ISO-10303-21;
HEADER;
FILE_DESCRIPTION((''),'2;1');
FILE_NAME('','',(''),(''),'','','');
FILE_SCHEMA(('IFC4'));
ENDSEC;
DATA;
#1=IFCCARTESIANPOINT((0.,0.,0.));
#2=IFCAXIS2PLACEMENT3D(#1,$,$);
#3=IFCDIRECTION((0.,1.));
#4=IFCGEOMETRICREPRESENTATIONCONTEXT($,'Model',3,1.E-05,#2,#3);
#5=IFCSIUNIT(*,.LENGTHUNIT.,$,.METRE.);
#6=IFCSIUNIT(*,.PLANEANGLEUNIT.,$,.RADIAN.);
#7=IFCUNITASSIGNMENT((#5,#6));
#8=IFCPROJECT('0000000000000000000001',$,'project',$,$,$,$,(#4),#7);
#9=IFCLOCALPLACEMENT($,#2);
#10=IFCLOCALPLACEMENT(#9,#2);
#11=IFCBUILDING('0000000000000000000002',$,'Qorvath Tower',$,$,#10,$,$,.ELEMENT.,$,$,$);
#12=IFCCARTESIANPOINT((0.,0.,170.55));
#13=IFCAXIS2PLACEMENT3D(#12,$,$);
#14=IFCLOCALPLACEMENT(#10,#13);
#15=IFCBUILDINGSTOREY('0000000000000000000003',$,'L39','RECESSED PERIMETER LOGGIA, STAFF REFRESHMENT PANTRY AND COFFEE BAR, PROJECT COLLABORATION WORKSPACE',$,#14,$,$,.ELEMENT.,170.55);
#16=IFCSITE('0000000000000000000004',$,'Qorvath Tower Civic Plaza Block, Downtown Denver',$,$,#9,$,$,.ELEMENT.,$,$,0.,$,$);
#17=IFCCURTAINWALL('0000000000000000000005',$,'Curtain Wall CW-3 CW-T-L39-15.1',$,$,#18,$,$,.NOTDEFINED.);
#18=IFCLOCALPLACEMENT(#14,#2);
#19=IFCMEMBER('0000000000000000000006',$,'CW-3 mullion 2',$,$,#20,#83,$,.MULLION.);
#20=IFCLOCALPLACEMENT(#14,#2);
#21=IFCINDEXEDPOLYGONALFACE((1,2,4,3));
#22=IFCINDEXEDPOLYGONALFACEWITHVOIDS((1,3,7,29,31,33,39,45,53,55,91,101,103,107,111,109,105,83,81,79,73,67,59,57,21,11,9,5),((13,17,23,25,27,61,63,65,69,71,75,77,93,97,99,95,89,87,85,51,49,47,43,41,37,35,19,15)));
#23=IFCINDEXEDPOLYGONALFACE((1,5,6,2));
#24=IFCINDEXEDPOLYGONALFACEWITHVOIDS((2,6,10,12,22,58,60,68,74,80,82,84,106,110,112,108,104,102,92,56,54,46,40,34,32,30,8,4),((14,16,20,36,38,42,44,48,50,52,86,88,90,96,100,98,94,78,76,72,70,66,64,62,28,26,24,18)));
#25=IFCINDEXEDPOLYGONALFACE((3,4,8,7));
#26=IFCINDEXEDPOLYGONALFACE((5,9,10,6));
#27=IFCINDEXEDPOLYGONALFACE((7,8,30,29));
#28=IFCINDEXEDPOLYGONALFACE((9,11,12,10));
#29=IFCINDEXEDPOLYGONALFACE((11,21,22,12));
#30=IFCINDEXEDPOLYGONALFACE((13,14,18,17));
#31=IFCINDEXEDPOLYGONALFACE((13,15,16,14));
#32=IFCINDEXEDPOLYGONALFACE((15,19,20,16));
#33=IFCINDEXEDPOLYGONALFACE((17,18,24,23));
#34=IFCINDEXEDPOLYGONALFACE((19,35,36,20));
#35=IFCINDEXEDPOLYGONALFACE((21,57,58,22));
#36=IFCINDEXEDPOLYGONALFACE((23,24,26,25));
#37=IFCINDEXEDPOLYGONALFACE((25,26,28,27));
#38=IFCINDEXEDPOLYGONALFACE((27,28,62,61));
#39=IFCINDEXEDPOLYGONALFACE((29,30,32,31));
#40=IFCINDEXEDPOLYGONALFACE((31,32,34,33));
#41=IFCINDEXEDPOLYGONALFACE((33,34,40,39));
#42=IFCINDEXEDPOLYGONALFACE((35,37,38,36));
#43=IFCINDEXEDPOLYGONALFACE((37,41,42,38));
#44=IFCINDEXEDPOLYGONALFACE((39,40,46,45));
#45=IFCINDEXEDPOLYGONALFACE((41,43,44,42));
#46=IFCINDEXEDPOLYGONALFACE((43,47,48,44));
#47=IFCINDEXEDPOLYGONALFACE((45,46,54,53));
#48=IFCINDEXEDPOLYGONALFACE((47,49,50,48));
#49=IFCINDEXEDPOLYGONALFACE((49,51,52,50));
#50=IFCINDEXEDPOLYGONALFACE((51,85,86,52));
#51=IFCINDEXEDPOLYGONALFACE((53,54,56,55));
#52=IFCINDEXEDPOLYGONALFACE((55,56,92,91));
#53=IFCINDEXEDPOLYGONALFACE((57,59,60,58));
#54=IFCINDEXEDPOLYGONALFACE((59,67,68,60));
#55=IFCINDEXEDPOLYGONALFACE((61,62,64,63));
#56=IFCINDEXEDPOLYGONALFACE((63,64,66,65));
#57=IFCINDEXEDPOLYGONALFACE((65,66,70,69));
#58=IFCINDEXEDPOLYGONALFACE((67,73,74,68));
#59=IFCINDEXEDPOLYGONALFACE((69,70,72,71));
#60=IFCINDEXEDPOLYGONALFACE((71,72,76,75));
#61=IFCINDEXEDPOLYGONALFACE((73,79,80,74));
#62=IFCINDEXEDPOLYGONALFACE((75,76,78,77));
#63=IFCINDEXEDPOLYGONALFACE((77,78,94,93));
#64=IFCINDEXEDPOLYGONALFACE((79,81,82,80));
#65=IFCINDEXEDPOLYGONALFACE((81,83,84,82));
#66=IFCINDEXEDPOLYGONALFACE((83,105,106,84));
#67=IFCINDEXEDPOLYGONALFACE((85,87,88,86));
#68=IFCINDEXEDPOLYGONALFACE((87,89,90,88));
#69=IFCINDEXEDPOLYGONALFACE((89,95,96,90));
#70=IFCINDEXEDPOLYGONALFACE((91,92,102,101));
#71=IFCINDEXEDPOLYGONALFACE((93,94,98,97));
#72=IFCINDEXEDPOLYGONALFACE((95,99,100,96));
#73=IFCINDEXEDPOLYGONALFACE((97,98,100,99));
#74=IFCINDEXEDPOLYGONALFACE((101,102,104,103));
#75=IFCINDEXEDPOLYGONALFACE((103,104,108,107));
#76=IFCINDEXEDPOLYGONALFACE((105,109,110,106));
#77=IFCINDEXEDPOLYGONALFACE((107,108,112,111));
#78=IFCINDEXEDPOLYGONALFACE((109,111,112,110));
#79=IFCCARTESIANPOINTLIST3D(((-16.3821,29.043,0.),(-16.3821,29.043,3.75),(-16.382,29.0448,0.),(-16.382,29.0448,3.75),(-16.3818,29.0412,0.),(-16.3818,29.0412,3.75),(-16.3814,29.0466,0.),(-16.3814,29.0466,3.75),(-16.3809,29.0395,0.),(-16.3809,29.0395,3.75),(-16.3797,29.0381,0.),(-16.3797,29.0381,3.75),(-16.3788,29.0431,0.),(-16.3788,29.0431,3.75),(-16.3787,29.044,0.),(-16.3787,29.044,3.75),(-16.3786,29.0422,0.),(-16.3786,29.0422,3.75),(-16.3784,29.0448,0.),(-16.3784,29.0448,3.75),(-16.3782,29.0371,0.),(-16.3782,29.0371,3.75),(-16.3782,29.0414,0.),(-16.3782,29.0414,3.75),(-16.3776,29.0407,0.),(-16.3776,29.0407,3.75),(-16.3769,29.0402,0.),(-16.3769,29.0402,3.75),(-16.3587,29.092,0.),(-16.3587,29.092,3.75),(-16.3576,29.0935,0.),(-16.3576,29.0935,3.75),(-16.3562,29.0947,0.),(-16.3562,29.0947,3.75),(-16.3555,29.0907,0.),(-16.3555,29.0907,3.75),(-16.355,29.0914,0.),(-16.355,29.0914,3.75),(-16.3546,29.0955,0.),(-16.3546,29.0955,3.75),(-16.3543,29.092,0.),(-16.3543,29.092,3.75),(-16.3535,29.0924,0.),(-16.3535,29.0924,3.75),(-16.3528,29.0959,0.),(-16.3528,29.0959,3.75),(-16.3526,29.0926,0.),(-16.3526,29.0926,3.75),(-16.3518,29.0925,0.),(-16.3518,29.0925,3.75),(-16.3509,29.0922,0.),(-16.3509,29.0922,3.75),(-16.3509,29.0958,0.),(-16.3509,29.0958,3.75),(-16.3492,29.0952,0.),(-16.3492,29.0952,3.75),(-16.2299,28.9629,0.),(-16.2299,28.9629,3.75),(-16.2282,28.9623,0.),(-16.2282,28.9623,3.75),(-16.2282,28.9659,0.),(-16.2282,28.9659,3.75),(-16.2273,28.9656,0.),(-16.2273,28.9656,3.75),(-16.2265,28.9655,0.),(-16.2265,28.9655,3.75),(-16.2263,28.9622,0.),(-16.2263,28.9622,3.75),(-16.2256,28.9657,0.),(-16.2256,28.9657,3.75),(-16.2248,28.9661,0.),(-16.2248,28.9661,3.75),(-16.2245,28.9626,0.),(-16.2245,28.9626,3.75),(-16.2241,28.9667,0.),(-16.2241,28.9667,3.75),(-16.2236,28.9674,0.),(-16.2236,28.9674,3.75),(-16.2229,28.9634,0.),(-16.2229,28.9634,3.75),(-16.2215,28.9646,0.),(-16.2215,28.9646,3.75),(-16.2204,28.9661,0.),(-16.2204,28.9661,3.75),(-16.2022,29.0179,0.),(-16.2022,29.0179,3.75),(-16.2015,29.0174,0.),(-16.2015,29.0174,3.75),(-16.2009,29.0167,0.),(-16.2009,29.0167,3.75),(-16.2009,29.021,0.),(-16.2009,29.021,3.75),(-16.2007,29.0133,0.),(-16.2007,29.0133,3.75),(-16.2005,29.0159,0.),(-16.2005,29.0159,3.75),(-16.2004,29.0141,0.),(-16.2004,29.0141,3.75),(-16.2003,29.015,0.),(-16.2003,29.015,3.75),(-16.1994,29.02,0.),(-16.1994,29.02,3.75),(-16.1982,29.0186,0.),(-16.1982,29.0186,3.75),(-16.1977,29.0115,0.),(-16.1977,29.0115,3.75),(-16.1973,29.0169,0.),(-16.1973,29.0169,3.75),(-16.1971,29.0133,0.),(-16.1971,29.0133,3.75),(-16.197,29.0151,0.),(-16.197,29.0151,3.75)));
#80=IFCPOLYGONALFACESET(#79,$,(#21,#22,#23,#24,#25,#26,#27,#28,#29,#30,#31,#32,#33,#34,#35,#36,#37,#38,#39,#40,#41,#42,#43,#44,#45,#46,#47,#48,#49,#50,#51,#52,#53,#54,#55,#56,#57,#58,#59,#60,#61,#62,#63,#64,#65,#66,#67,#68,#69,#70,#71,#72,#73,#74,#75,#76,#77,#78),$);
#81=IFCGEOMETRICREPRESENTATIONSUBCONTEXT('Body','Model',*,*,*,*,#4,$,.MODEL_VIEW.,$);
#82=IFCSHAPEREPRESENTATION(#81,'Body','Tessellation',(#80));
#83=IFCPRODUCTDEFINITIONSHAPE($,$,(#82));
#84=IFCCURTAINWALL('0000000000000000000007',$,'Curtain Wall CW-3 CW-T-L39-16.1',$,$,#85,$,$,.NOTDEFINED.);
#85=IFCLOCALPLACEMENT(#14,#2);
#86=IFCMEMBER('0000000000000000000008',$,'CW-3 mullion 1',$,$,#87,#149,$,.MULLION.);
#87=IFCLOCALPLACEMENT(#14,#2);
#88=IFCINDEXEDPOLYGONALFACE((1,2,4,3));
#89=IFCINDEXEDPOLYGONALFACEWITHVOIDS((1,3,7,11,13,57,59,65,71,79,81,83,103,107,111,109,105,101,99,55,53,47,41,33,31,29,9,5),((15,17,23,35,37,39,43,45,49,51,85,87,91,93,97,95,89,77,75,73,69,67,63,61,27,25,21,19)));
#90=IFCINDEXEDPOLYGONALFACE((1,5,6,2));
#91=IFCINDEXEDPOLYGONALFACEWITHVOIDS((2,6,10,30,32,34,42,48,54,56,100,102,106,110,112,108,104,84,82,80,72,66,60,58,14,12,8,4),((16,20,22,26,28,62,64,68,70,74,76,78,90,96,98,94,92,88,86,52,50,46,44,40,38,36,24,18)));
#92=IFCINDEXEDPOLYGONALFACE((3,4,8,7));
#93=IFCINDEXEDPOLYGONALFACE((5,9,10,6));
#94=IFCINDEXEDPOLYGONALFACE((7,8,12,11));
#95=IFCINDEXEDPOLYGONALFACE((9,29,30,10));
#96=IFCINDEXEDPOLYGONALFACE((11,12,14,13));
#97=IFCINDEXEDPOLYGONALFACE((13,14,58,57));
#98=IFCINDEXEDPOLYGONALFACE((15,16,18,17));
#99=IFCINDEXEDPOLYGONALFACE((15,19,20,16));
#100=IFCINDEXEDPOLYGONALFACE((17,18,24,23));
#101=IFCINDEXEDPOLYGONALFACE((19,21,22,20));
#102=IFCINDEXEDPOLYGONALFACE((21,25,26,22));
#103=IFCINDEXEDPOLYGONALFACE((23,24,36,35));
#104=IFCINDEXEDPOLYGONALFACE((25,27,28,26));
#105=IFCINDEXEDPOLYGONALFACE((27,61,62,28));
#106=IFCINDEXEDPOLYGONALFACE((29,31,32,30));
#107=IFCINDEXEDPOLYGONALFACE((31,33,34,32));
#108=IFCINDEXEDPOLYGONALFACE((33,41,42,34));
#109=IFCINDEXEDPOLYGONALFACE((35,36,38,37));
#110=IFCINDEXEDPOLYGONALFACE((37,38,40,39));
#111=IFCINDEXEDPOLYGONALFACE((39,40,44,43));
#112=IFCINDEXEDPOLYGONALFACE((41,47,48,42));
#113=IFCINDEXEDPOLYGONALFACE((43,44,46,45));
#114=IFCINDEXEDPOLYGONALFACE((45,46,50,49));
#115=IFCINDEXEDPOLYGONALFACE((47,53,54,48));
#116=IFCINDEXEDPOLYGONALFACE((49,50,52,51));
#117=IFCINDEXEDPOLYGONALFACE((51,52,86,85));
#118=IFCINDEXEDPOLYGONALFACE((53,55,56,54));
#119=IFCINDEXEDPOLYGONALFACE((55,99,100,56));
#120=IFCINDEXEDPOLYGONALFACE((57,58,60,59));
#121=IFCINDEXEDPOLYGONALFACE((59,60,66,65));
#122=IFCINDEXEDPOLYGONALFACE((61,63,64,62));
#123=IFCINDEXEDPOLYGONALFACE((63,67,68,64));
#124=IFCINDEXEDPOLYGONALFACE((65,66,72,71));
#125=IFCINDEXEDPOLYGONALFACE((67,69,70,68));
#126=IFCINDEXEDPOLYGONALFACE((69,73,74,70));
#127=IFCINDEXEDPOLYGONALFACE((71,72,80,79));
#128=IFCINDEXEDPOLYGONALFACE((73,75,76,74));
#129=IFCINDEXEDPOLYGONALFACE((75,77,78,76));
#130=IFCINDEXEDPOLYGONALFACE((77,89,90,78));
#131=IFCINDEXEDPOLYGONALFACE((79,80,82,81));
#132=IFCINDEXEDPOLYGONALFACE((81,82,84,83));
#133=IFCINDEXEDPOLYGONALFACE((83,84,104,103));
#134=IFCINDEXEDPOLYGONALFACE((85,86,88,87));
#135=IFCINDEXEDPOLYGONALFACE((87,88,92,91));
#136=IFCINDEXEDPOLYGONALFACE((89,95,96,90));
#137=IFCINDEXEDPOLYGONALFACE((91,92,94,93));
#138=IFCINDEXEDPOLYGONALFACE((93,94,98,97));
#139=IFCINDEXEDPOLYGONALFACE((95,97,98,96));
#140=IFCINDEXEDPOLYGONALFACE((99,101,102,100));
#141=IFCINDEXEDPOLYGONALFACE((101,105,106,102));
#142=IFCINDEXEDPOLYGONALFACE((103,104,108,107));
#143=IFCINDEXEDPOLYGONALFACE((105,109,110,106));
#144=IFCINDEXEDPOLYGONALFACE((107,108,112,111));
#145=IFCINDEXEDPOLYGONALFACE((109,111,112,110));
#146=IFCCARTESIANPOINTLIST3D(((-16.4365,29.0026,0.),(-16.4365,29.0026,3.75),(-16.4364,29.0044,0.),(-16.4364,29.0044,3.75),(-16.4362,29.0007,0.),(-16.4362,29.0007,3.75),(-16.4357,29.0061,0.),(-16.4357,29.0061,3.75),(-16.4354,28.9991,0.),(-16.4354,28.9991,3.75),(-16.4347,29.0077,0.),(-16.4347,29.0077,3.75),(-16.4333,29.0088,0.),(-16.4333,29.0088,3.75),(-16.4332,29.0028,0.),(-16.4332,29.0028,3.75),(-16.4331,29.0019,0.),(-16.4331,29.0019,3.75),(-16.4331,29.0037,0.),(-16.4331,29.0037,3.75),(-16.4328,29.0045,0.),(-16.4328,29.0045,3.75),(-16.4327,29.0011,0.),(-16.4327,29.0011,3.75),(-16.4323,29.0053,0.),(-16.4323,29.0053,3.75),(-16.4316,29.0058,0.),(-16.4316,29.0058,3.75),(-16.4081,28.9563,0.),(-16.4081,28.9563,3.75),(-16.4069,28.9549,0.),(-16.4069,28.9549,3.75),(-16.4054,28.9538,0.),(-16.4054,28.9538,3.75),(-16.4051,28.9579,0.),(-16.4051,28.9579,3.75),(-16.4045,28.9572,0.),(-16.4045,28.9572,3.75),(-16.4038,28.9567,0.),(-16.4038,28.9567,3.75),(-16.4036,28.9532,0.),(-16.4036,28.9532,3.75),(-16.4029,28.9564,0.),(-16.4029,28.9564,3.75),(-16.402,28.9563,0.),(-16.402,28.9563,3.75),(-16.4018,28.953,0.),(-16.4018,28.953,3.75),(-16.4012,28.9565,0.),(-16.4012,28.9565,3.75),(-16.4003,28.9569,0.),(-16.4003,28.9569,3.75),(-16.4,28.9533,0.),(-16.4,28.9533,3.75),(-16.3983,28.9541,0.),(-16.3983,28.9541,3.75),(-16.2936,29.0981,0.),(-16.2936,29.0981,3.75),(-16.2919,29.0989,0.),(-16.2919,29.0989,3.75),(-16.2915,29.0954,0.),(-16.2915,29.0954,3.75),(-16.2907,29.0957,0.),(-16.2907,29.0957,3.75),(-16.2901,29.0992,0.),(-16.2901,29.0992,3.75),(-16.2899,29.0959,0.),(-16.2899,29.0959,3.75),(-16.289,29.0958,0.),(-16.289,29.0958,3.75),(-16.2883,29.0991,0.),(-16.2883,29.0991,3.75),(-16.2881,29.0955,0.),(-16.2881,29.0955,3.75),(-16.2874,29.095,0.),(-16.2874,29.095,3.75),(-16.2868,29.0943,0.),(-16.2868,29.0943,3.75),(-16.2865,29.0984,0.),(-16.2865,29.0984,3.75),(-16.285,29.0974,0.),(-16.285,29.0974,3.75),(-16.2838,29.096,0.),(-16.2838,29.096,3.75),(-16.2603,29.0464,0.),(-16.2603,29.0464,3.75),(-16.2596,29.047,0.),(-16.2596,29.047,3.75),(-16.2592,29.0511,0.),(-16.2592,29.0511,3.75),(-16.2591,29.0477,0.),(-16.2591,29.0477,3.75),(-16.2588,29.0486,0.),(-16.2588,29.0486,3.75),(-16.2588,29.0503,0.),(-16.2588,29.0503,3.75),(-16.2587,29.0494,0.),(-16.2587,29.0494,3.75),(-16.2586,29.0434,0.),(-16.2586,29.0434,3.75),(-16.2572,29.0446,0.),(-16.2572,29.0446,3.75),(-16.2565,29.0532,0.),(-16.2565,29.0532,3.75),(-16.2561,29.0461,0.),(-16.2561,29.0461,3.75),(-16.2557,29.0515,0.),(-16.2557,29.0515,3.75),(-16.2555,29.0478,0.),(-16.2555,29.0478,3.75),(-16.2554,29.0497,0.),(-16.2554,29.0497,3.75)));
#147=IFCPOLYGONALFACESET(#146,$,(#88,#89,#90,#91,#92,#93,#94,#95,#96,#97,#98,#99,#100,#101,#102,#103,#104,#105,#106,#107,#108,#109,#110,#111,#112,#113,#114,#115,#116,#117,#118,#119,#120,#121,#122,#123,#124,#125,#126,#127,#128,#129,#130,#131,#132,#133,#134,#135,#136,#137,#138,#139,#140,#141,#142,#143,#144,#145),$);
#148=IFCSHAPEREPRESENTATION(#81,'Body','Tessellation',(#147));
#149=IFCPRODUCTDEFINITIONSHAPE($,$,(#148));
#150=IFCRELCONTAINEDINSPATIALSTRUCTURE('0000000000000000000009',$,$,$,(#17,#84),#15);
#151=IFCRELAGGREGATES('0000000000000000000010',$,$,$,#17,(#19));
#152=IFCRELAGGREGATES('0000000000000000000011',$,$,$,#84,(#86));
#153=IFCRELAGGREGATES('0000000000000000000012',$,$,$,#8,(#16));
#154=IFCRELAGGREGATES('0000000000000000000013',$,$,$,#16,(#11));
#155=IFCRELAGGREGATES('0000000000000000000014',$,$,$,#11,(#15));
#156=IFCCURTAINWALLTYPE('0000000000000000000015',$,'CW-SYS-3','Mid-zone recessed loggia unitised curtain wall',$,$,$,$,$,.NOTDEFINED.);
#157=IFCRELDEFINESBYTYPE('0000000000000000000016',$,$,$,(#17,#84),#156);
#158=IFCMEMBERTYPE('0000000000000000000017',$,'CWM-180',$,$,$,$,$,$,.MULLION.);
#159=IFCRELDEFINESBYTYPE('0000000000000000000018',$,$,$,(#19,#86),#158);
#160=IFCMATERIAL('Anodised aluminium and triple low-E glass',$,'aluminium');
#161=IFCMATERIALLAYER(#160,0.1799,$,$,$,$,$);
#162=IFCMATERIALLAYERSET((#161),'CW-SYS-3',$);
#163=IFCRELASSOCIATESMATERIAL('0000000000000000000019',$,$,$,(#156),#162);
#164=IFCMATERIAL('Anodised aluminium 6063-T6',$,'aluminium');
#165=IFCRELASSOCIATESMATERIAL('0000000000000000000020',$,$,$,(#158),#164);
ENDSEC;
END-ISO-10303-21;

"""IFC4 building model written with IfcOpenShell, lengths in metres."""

from ifc_helpers import new_model, si_unit, direction, frame, origin, origin_2d, place, context, subcontext, project, spatial, hollow_rectangle, extrude, material, layer, layer_set, material_profile, profile_set, type_object, element, aggregate, save


model = new_model("IFC4")

# Units and contexts
model_context = context("Model", 3, precision=1e-05, world=origin(), true_north=direction((0.0, 1.0)))
body_context = subcontext(model_context, "Body", "Model", "MODEL_VIEW")
ifc_project = project(units=[si_unit("LENGTHUNIT", "METRE"), si_unit("PLANEANGLEUNIT", "RADIAN")], contexts=[model_context])

# Site, building, storey
site_placement = place(None, origin())
site = spatial("IfcSite", under=ifc_project, at=site_placement, Name="Qorvath Tower Civic Plaza Block, Downtown Denver", CompositionType="ELEMENT", RefElevation=0.0)
building_placement = place(site_placement, origin())
building = spatial("IfcBuilding", under=site, at=building_placement, Name="Qorvath Tower", CompositionType="ELEMENT")
storey_placement = place(building_placement, frame((0.0, 0.0, 170.55)))
storey = spatial("IfcBuildingStorey", under=building, at=storey_placement, Name="L39", Description="RECESSED PERIMETER LOGGIA, STAFF REFRESHMENT PANTRY AND COFFEE BAR, PROJECT COLLABORATION WORKSPACE", CompositionType="ELEMENT", Elevation=170.55)

# Shared definitions
ifc_material_1 = material(Name="Anodised aluminium and triple low-E glass", Category="aluminium")
ifc_layer_1 = layer(ifc_material_1, 0.1799)
ifc_layer_set_1 = layer_set([ifc_layer_1], Name="CW-SYS-3")
curtain_wall_type = type_object("IfcCurtainWallType", Name="CW-SYS-3", Description="Mid-zone recessed loggia unitised curtain wall", PredefinedType="NOTDEFINED", material=ifc_layer_set_1)
ifc_material_2 = material(Name="Anodised aluminium 6063-T6", Category="aluminium")
ifc_material_profile_1 = material_profile(ifc_material_2, hollow_rectangle(XDim=0.0649, YDim=0.1799, WallThickness=0.0034, InnerFilletRadius=0.0034, OuterFilletRadius=0.0071, at=origin_2d()), Name="CWM 180x65")
ifc_profile_set_1 = profile_set([ifc_material_profile_1], Name="Anodised aluminium 6063-T6")
member_type_1 = type_object("IfcMemberType", Name="CWM-180", PredefinedType="MULLION", material=ifc_profile_set_1)

# Curtain wall, member
curtain_wall_1_placement = place(storey_placement, origin())
curtain_wall_1 = element("IfcCurtainWall", 1, at=curtain_wall_1_placement, inside=storey, type_object=curtain_wall_type, Name="Curtain Wall CW-3 CW-T-L39-15.1", PredefinedType="NOTDEFINED")
member_1_placement = place(storey_placement, frame((-16.2896, 29.0291, 0.0), z_axis=(0.0, 0.0, 1.0), x_axis=(-0.447222, -0.894423, 0.0)))
member_1 = element("IfcMember", 2, at=member_1_placement, type_object=member_type_1, Name="CW-3 mullion 2", PredefinedType="MULLION", context=body_context, shape_type="SweptSolid", body=[
    extrude(hollow_rectangle(XDim=0.0649, YDim=0.1799, WallThickness=0.0034, InnerFilletRadius=0.0034, OuterFilletRadius=0.0071, at=origin_2d()), origin(), (0.0, 0.0, 1.0), 3.75),
])

# Curtain wall, member
curtain_wall_2_placement = place(storey_placement, origin())
curtain_wall_2 = element("IfcCurtainWall", 3, at=curtain_wall_2_placement, inside=storey, type_object=curtain_wall_type, Name="Curtain Wall CW-3 CW-T-L39-16.1", PredefinedType="NOTDEFINED")
member_2_placement = place(storey_placement, frame((-16.3459, 29.0261, 0.0), z_axis=(0.0, 0.0, 1.0), x_axis=(0.538534, -0.842604, 0.0)))
member_2 = element("IfcMember", 4, at=member_2_placement, type_object=member_type_1, Name="CW-3 mullion 1", PredefinedType="MULLION", context=body_context, shape_type="SweptSolid", body=[
    extrude(hollow_rectangle(XDim=0.0649, YDim=0.1799, WallThickness=0.0034, InnerFilletRadius=0.0034, OuterFilletRadius=0.0071, at=origin_2d()), origin(), (0.0, 0.0, 1.0), 3.75),
])

aggregate(curtain_wall_1, [member_1])
aggregate(curtain_wall_2, [member_2])

save(model, "model.ifc")
